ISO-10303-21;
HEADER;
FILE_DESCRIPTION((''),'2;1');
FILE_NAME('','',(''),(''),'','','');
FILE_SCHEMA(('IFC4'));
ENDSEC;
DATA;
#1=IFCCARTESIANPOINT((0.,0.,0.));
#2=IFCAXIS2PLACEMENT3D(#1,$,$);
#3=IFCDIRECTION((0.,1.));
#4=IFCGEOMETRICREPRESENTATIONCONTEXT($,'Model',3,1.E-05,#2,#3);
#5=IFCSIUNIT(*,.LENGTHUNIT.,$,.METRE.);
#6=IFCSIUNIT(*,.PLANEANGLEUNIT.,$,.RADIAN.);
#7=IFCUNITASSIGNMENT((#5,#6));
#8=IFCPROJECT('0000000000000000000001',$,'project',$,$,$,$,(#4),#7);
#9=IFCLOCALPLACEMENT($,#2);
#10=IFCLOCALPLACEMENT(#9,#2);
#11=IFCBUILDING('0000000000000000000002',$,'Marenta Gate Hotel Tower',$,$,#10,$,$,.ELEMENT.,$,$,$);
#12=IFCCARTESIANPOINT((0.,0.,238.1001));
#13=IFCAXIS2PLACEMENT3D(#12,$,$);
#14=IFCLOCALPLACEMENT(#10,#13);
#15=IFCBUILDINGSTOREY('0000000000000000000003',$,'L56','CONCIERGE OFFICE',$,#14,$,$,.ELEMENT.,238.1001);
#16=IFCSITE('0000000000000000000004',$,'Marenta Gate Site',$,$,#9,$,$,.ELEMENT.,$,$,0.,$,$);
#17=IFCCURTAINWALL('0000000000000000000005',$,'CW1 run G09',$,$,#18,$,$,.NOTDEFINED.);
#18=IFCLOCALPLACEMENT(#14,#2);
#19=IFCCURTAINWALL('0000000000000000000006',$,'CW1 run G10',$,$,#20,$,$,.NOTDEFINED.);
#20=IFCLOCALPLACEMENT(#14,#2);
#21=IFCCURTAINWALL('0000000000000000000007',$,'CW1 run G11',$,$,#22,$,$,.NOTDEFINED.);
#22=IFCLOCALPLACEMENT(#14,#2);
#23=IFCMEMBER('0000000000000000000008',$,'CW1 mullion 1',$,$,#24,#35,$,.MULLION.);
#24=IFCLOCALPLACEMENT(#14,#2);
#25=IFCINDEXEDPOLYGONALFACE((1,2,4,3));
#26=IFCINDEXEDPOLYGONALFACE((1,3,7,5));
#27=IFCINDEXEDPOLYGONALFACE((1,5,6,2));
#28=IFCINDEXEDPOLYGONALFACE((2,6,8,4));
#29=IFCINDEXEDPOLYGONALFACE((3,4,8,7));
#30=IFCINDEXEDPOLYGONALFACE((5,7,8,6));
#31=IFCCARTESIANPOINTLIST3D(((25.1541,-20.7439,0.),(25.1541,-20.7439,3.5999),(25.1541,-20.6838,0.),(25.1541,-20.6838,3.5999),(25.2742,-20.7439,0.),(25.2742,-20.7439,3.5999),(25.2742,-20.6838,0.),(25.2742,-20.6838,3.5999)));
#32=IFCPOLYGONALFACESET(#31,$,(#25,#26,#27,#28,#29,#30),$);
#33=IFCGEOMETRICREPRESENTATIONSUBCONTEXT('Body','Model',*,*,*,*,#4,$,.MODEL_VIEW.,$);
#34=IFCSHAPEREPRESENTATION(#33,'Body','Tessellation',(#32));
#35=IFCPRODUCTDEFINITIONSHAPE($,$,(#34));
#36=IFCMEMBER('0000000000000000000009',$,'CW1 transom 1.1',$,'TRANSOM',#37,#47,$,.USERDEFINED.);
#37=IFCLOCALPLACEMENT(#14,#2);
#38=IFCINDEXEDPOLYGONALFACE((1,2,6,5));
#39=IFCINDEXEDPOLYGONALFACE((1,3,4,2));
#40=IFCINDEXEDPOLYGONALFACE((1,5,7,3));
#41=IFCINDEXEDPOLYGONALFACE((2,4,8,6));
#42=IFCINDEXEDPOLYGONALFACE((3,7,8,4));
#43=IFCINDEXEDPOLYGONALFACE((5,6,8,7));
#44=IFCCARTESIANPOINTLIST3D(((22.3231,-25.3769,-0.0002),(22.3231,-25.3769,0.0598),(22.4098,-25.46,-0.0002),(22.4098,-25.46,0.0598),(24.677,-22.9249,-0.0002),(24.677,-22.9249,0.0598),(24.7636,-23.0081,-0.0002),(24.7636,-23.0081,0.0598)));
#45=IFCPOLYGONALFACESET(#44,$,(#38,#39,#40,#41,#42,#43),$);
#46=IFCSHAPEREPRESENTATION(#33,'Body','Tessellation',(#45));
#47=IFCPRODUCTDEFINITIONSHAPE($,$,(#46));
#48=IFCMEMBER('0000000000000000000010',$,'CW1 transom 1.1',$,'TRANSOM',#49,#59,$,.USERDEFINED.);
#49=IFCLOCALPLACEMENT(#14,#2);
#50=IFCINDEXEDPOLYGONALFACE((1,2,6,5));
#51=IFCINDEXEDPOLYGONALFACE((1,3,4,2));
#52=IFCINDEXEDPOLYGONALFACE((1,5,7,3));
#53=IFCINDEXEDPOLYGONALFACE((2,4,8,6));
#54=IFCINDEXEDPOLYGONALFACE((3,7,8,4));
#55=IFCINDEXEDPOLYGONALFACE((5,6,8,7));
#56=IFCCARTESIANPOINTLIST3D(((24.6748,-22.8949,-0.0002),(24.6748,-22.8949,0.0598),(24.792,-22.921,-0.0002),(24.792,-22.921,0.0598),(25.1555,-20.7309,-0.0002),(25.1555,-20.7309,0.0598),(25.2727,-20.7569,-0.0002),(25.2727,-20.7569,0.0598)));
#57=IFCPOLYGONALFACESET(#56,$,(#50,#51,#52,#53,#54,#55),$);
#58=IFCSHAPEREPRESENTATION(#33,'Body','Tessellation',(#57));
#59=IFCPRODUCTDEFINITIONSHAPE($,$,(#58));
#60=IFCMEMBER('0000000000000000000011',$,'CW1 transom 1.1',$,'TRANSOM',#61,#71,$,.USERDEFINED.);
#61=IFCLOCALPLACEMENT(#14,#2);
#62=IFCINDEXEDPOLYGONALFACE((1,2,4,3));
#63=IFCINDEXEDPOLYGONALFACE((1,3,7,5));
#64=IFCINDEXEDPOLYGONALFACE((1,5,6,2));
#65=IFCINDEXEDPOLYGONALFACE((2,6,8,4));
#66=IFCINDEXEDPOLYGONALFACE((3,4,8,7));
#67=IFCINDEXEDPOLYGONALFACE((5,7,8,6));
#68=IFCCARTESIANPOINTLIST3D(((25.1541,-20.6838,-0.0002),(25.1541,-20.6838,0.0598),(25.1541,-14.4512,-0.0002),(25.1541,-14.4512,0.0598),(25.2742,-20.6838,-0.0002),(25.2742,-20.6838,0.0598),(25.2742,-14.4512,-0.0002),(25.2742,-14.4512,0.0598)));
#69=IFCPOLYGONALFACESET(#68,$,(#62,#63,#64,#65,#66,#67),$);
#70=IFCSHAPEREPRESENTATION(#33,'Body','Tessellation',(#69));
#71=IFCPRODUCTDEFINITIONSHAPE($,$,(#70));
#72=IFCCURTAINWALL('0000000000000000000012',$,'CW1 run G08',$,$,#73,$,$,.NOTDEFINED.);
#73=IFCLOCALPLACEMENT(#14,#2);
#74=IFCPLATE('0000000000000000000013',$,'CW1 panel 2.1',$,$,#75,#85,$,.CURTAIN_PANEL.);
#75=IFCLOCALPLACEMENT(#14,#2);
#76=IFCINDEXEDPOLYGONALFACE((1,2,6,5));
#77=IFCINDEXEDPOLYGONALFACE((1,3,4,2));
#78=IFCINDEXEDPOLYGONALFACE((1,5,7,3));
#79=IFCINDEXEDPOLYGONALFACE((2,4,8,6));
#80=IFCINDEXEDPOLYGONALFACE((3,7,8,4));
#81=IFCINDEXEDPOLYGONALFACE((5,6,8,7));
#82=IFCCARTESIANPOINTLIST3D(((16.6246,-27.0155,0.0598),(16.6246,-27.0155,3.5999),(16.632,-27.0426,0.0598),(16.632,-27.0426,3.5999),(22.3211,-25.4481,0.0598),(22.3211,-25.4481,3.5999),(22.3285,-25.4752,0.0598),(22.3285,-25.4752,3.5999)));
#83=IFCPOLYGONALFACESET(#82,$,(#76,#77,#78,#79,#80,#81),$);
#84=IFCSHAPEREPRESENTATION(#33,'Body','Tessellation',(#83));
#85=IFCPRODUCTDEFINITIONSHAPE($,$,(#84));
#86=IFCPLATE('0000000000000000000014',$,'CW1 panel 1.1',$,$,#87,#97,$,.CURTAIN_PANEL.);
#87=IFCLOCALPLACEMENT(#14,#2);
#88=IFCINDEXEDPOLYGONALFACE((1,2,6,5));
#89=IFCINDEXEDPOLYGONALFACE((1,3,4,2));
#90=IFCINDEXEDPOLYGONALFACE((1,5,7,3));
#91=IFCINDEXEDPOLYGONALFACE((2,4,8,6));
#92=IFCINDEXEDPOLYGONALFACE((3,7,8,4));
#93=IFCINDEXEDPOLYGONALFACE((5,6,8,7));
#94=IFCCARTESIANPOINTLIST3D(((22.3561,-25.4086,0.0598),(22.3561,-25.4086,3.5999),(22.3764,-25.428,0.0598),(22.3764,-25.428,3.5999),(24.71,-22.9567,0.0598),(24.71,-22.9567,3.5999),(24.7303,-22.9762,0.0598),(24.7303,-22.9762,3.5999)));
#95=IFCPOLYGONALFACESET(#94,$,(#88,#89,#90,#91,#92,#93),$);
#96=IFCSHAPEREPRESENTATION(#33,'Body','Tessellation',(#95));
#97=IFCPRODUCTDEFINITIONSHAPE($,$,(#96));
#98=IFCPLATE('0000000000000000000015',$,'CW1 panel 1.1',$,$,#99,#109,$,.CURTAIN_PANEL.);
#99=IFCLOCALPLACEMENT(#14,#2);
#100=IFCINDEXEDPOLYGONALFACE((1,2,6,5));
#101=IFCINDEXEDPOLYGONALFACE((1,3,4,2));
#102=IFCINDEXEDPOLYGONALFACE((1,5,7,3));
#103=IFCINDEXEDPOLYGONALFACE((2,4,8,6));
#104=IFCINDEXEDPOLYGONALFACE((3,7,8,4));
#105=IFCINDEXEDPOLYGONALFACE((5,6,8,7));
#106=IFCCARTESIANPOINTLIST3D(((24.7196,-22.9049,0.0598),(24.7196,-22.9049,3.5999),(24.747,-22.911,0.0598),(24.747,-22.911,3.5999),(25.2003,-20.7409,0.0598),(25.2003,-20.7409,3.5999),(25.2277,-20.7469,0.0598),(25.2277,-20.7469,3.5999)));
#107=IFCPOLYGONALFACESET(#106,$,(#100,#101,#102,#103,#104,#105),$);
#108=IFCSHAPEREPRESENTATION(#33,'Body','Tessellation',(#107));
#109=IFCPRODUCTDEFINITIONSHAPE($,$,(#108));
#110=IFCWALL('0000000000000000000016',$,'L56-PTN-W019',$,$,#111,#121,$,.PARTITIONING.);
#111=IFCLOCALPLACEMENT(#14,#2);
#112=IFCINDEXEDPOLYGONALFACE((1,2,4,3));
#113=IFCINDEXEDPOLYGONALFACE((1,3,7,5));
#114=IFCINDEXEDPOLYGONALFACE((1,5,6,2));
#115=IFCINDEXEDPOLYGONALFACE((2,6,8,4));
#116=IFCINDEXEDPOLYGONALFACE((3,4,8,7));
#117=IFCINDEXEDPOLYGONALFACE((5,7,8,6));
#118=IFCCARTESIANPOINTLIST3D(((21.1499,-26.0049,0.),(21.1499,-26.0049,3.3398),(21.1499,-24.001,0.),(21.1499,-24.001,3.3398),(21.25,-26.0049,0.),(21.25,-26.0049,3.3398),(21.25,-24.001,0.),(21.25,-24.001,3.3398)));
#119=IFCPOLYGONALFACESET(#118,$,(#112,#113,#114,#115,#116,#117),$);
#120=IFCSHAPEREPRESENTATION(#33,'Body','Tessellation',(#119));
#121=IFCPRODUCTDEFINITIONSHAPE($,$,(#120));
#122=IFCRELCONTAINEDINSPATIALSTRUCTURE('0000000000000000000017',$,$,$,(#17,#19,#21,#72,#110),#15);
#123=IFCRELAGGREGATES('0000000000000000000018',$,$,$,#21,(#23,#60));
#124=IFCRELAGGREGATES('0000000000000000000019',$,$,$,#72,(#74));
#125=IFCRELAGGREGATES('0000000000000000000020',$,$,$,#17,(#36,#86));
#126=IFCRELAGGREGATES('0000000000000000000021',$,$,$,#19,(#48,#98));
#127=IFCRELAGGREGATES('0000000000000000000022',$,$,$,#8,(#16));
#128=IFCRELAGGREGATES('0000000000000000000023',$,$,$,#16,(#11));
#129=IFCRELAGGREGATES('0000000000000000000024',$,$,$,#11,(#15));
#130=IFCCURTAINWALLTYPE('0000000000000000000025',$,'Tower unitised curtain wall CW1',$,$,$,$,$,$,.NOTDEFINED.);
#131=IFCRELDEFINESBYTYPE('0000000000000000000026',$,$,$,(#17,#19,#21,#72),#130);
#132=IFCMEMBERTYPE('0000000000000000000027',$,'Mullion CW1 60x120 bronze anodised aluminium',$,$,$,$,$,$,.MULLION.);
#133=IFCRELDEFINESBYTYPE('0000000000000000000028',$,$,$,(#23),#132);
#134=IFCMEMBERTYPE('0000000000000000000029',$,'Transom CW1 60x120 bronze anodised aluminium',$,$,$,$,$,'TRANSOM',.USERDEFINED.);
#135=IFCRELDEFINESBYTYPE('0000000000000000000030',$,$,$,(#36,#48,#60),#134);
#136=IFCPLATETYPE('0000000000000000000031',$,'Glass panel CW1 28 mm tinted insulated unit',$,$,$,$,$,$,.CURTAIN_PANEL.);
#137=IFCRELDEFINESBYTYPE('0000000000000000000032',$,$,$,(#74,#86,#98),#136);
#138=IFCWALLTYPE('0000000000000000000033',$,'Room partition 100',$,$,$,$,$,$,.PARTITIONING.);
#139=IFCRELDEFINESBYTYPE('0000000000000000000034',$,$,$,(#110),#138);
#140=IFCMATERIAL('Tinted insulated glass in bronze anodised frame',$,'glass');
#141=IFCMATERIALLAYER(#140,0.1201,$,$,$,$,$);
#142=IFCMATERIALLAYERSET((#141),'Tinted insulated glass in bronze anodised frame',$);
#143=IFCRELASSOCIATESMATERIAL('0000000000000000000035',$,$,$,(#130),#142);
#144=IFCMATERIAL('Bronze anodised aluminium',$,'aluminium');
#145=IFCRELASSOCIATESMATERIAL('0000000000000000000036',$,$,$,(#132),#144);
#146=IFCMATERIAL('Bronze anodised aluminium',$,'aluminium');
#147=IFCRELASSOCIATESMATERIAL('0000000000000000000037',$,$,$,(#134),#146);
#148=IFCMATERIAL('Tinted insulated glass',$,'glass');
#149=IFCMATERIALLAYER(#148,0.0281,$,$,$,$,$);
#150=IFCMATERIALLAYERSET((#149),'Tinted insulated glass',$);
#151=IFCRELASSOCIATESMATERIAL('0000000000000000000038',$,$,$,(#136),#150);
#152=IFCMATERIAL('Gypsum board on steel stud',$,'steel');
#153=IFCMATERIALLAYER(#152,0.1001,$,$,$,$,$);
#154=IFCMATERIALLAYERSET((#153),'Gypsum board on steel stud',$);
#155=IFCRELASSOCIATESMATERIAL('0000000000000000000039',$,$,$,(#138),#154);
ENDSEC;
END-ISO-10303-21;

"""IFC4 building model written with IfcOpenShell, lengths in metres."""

from ifc_helpers import new_model, si_unit, direction, frame, frame_2d, origin, origin_2d, place, context, subcontext, project, spatial, rectangle, extrude, material, layer, layer_set, material_profile, profile_set, type_object, element, aggregate, save


model = new_model("IFC4")

# Units and contexts
model_context = context("Model", 3, precision=1e-05, world=origin(), true_north=direction((0.0, 1.0)))
body_context = subcontext(model_context, "Body", "Model", "MODEL_VIEW")
ifc_project = project(units=[si_unit("LENGTHUNIT", "METRE"), si_unit("PLANEANGLEUNIT", "RADIAN")], contexts=[model_context])

# Site, building, storey
site_placement = place(None, origin())
site = spatial("IfcSite", under=ifc_project, at=site_placement, Name="Marenta Gate Site", CompositionType="ELEMENT", RefElevation=0.0)
building_placement = place(site_placement, origin())
building = spatial("IfcBuilding", under=site, at=building_placement, Name="Marenta Gate Hotel Tower", CompositionType="ELEMENT")
storey_placement = place(building_placement, frame((0.0, 0.0, 238.1001)))
storey = spatial("IfcBuildingStorey", under=building, at=storey_placement, Name="L56", Description="CONCIERGE OFFICE", CompositionType="ELEMENT", Elevation=238.1001)

# Curtain walls, member
ifc_material_1 = material(Name="Tinted insulated glass in bronze anodised frame", Category="glass")
ifc_layer_1 = layer(ifc_material_1, 0.1201)
ifc_layer_set_1 = layer_set([ifc_layer_1], Name="Tinted insulated glass in bronze anodised frame")
curtain_wall_type = type_object("IfcCurtainWallType", Name="Tower unitised curtain wall CW1", PredefinedType="NOTDEFINED", material=ifc_layer_set_1)
curtain_wall_1_placement = place(storey_placement, origin())
curtain_wall_1 = element("IfcCurtainWall", 1, at=curtain_wall_1_placement, inside=storey, type_object=curtain_wall_type, Name="CW1 run G09", PredefinedType="NOTDEFINED")
ifc_material_2 = material(Name="Bronze anodised aluminium", Category="aluminium")
ifc_material_profile_1 = material_profile(ifc_material_2, rectangle(XDim=0.1201, YDim=0.0601, at=origin_2d()), Name="Mullion CW1 60x120 bronze anodised aluminium")
ifc_profile_set_1 = profile_set([ifc_material_profile_1], Name="Bronze anodised aluminium")
member_type_1 = type_object("IfcMemberType", Name="Mullion CW1 60x120 bronze anodised aluminium", PredefinedType="MULLION", material=ifc_profile_set_1)
curtain_wall_2_placement = place(storey_placement, origin())
curtain_wall_2 = element("IfcCurtainWall", 2, at=curtain_wall_2_placement, inside=storey, type_object=curtain_wall_type, Name="CW1 run G10", PredefinedType="NOTDEFINED")
curtain_wall_3_placement = place(storey_placement, origin())
curtain_wall_3 = element("IfcCurtainWall", 3, at=curtain_wall_3_placement, inside=storey, type_object=curtain_wall_type, Name="CW1 run G11", PredefinedType="NOTDEFINED")
member_1_placement = place(storey_placement, frame((25.2141, -20.7139, 0.0), z_axis=(0.0, 0.0, 1.0), x_axis=(-1.0, 0.0, 0.0)))
member_1 = element("IfcMember", 4, at=member_1_placement, type_object=member_type_1, Name="CW1 mullion 1", PredefinedType="MULLION", context=body_context, shape_type="SweptSolid", body=[
    extrude(rectangle(XDim=0.1201, YDim=0.0601, at=origin_2d()), origin(), (0.0, 0.0, 1.0), 3.5999),
])

# Members
ifc_material_3 = material(Name="Bronze anodised aluminium", Category="aluminium")
ifc_material_profile_2 = material_profile(ifc_material_3, rectangle(XDim=0.1201, YDim=0.0601, at=origin_2d()), Name="Transom CW1 60x120 bronze anodised aluminium")
ifc_profile_set_2 = profile_set([ifc_material_profile_2], Name="Bronze anodised aluminium")
member_type_2 = type_object("IfcMemberType", Name="Transom CW1 60x120 bronze anodised aluminium", ElementType="TRANSOM", PredefinedType="USERDEFINED", material=ifc_profile_set_2)
member_2_placement = place(storey_placement, frame((22.3665, -25.4185, 0.0298), z_axis=(0.692521, 0.721397, 0.0), x_axis=(-0.721397, 0.692521, 0.0)))
member_2 = element("IfcMember", 5, at=member_2_placement, type_object=member_type_2, Name="CW1 transom 1.1", ObjectType="TRANSOM", PredefinedType="USERDEFINED", context=body_context, shape_type="SweptSolid", body=[
    extrude(rectangle(XDim=0.1201, YDim=0.0601, at=origin_2d()), origin(), (0.0, 0.0, 1.0), 3.3989),
])
member_3_placement = place(storey_placement, frame((24.7334, -22.908, 0.0298), z_axis=(0.216849, 0.976205, 0.0), x_axis=(-0.976205, 0.216849, 0.0)))
member_3 = element("IfcMember", 6, at=member_3_placement, type_object=member_type_2, Name="CW1 transom 1.1", ObjectType="TRANSOM", PredefinedType="USERDEFINED", context=body_context, shape_type="SweptSolid", body=[
    extrude(rectangle(XDim=0.1201, YDim=0.0601, at=origin_2d()), origin(), (0.0, 0.0, 1.0), 2.2168),
])
member_4_placement = place(storey_placement, frame((25.2141, -20.6838, 0.0298), z_axis=(0.0, 1.0, 0.0), x_axis=(-1.0, 0.0, 0.0)))
member_4 = element("IfcMember", 7, at=member_4_placement, type_object=member_type_2, Name="CW1 transom 1.1", ObjectType="TRANSOM", PredefinedType="USERDEFINED", context=body_context, shape_type="SweptSolid", body=[
    extrude(rectangle(XDim=0.1201, YDim=0.0601, at=origin_2d()), origin(), (0.0, 0.0, 1.0), 6.2327),
])
aggregate(curtain_wall_3, [member_1, member_4])

# Curtain wall, plate
curtain_wall_4_placement = place(storey_placement, origin())
curtain_wall_4 = element("IfcCurtainWall", 8, at=curtain_wall_4_placement, inside=storey, type_object=curtain_wall_type, Name="CW1 run G08", PredefinedType="NOTDEFINED")
ifc_material_4 = material(Name="Tinted insulated glass", Category="glass")
ifc_layer_2 = layer(ifc_material_4, 0.0281)
ifc_layer_set_2 = layer_set([ifc_layer_2], Name="Tinted insulated glass")
plate_type = type_object("IfcPlateType", Name="Glass panel CW1 28 mm tinted insulated unit", PredefinedType="CURTAIN_PANEL", material=ifc_layer_set_2)
plate_1_placement = place(storey_placement, frame((19.4766, -26.2454, 0.0598), z_axis=(0.0, 0.0, 1.0), x_axis=(0.964168, 0.265293, 0.0)))
plate_1 = element("IfcPlate", 9, at=plate_1_placement, type_object=plate_type, Name="CW1 panel 2.1", PredefinedType="CURTAIN_PANEL", context=body_context, shape_type="SweptSolid", body=[
    extrude(rectangle(XDim=5.9082, YDim=0.0281, at=origin_2d()), origin(), (0.0, 0.0, 1.0), 3.54),
])
aggregate(curtain_wall_4, [plate_1])

# Plates
plate_2_placement = place(storey_placement, frame((23.5432, -24.1924, 0.0598), z_axis=(0.0, 0.0, 1.0), x_axis=(0.692548, 0.721372, 0.0)))
plate_2 = element("IfcPlate", 10, at=plate_2_placement, type_object=plate_type, Name="CW1 panel 1.1", PredefinedType="CURTAIN_PANEL", context=body_context, shape_type="SweptSolid", body=[
    extrude(rectangle(XDim=3.3989, YDim=0.0281, at=origin_2d()), origin(), (0.0, 0.0, 1.0), 3.54),
])
aggregate(curtain_wall_1, [member_2, plate_2])
plate_3_placement = place(storey_placement, frame((24.9736, -21.8259, 0.0598), z_axis=(0.0, 0.0, 1.0), x_axis=(0.216842, 0.976207, 0.0)))
plate_3 = element("IfcPlate", 11, at=plate_3_placement, type_object=plate_type, Name="CW1 panel 1.1", PredefinedType="CURTAIN_PANEL", context=body_context, shape_type="SweptSolid", body=[
    extrude(rectangle(XDim=2.2168, YDim=0.0281, at=origin_2d()), origin(), (0.0, 0.0, 1.0), 3.54),
])
aggregate(curtain_wall_2, [member_3, plate_3])

# Wall
ifc_material_5 = material(Name="Gypsum board on steel stud", Category="steel")
ifc_layer_3 = layer(ifc_material_5, 0.1001)
ifc_layer_set_3 = layer_set([ifc_layer_3], Name="Gypsum board on steel stud")
wall_type = type_object("IfcWallType", Name="Room partition 100", PredefinedType="PARTITIONING", material=ifc_layer_set_3)
wall_placement = place(storey_placement, frame((21.2, -26.0049, 0.0), z_axis=(0.0, 0.0, 1.0), x_axis=(0.0, 1.0, 0.0)))
element("IfcWall", 12, at=wall_placement, inside=storey, type_object=wall_type, Name="L56-PTN-W019", PredefinedType="PARTITIONING", context=body_context, shape_type="SweptSolid", body=[
    extrude(rectangle(XDim=2.0039, YDim=0.1001, at=frame_2d((1.002, 0.0))), origin(), (0.0, 0.0, 1.0), 3.3398),
])

save(model, "model.ifc")
